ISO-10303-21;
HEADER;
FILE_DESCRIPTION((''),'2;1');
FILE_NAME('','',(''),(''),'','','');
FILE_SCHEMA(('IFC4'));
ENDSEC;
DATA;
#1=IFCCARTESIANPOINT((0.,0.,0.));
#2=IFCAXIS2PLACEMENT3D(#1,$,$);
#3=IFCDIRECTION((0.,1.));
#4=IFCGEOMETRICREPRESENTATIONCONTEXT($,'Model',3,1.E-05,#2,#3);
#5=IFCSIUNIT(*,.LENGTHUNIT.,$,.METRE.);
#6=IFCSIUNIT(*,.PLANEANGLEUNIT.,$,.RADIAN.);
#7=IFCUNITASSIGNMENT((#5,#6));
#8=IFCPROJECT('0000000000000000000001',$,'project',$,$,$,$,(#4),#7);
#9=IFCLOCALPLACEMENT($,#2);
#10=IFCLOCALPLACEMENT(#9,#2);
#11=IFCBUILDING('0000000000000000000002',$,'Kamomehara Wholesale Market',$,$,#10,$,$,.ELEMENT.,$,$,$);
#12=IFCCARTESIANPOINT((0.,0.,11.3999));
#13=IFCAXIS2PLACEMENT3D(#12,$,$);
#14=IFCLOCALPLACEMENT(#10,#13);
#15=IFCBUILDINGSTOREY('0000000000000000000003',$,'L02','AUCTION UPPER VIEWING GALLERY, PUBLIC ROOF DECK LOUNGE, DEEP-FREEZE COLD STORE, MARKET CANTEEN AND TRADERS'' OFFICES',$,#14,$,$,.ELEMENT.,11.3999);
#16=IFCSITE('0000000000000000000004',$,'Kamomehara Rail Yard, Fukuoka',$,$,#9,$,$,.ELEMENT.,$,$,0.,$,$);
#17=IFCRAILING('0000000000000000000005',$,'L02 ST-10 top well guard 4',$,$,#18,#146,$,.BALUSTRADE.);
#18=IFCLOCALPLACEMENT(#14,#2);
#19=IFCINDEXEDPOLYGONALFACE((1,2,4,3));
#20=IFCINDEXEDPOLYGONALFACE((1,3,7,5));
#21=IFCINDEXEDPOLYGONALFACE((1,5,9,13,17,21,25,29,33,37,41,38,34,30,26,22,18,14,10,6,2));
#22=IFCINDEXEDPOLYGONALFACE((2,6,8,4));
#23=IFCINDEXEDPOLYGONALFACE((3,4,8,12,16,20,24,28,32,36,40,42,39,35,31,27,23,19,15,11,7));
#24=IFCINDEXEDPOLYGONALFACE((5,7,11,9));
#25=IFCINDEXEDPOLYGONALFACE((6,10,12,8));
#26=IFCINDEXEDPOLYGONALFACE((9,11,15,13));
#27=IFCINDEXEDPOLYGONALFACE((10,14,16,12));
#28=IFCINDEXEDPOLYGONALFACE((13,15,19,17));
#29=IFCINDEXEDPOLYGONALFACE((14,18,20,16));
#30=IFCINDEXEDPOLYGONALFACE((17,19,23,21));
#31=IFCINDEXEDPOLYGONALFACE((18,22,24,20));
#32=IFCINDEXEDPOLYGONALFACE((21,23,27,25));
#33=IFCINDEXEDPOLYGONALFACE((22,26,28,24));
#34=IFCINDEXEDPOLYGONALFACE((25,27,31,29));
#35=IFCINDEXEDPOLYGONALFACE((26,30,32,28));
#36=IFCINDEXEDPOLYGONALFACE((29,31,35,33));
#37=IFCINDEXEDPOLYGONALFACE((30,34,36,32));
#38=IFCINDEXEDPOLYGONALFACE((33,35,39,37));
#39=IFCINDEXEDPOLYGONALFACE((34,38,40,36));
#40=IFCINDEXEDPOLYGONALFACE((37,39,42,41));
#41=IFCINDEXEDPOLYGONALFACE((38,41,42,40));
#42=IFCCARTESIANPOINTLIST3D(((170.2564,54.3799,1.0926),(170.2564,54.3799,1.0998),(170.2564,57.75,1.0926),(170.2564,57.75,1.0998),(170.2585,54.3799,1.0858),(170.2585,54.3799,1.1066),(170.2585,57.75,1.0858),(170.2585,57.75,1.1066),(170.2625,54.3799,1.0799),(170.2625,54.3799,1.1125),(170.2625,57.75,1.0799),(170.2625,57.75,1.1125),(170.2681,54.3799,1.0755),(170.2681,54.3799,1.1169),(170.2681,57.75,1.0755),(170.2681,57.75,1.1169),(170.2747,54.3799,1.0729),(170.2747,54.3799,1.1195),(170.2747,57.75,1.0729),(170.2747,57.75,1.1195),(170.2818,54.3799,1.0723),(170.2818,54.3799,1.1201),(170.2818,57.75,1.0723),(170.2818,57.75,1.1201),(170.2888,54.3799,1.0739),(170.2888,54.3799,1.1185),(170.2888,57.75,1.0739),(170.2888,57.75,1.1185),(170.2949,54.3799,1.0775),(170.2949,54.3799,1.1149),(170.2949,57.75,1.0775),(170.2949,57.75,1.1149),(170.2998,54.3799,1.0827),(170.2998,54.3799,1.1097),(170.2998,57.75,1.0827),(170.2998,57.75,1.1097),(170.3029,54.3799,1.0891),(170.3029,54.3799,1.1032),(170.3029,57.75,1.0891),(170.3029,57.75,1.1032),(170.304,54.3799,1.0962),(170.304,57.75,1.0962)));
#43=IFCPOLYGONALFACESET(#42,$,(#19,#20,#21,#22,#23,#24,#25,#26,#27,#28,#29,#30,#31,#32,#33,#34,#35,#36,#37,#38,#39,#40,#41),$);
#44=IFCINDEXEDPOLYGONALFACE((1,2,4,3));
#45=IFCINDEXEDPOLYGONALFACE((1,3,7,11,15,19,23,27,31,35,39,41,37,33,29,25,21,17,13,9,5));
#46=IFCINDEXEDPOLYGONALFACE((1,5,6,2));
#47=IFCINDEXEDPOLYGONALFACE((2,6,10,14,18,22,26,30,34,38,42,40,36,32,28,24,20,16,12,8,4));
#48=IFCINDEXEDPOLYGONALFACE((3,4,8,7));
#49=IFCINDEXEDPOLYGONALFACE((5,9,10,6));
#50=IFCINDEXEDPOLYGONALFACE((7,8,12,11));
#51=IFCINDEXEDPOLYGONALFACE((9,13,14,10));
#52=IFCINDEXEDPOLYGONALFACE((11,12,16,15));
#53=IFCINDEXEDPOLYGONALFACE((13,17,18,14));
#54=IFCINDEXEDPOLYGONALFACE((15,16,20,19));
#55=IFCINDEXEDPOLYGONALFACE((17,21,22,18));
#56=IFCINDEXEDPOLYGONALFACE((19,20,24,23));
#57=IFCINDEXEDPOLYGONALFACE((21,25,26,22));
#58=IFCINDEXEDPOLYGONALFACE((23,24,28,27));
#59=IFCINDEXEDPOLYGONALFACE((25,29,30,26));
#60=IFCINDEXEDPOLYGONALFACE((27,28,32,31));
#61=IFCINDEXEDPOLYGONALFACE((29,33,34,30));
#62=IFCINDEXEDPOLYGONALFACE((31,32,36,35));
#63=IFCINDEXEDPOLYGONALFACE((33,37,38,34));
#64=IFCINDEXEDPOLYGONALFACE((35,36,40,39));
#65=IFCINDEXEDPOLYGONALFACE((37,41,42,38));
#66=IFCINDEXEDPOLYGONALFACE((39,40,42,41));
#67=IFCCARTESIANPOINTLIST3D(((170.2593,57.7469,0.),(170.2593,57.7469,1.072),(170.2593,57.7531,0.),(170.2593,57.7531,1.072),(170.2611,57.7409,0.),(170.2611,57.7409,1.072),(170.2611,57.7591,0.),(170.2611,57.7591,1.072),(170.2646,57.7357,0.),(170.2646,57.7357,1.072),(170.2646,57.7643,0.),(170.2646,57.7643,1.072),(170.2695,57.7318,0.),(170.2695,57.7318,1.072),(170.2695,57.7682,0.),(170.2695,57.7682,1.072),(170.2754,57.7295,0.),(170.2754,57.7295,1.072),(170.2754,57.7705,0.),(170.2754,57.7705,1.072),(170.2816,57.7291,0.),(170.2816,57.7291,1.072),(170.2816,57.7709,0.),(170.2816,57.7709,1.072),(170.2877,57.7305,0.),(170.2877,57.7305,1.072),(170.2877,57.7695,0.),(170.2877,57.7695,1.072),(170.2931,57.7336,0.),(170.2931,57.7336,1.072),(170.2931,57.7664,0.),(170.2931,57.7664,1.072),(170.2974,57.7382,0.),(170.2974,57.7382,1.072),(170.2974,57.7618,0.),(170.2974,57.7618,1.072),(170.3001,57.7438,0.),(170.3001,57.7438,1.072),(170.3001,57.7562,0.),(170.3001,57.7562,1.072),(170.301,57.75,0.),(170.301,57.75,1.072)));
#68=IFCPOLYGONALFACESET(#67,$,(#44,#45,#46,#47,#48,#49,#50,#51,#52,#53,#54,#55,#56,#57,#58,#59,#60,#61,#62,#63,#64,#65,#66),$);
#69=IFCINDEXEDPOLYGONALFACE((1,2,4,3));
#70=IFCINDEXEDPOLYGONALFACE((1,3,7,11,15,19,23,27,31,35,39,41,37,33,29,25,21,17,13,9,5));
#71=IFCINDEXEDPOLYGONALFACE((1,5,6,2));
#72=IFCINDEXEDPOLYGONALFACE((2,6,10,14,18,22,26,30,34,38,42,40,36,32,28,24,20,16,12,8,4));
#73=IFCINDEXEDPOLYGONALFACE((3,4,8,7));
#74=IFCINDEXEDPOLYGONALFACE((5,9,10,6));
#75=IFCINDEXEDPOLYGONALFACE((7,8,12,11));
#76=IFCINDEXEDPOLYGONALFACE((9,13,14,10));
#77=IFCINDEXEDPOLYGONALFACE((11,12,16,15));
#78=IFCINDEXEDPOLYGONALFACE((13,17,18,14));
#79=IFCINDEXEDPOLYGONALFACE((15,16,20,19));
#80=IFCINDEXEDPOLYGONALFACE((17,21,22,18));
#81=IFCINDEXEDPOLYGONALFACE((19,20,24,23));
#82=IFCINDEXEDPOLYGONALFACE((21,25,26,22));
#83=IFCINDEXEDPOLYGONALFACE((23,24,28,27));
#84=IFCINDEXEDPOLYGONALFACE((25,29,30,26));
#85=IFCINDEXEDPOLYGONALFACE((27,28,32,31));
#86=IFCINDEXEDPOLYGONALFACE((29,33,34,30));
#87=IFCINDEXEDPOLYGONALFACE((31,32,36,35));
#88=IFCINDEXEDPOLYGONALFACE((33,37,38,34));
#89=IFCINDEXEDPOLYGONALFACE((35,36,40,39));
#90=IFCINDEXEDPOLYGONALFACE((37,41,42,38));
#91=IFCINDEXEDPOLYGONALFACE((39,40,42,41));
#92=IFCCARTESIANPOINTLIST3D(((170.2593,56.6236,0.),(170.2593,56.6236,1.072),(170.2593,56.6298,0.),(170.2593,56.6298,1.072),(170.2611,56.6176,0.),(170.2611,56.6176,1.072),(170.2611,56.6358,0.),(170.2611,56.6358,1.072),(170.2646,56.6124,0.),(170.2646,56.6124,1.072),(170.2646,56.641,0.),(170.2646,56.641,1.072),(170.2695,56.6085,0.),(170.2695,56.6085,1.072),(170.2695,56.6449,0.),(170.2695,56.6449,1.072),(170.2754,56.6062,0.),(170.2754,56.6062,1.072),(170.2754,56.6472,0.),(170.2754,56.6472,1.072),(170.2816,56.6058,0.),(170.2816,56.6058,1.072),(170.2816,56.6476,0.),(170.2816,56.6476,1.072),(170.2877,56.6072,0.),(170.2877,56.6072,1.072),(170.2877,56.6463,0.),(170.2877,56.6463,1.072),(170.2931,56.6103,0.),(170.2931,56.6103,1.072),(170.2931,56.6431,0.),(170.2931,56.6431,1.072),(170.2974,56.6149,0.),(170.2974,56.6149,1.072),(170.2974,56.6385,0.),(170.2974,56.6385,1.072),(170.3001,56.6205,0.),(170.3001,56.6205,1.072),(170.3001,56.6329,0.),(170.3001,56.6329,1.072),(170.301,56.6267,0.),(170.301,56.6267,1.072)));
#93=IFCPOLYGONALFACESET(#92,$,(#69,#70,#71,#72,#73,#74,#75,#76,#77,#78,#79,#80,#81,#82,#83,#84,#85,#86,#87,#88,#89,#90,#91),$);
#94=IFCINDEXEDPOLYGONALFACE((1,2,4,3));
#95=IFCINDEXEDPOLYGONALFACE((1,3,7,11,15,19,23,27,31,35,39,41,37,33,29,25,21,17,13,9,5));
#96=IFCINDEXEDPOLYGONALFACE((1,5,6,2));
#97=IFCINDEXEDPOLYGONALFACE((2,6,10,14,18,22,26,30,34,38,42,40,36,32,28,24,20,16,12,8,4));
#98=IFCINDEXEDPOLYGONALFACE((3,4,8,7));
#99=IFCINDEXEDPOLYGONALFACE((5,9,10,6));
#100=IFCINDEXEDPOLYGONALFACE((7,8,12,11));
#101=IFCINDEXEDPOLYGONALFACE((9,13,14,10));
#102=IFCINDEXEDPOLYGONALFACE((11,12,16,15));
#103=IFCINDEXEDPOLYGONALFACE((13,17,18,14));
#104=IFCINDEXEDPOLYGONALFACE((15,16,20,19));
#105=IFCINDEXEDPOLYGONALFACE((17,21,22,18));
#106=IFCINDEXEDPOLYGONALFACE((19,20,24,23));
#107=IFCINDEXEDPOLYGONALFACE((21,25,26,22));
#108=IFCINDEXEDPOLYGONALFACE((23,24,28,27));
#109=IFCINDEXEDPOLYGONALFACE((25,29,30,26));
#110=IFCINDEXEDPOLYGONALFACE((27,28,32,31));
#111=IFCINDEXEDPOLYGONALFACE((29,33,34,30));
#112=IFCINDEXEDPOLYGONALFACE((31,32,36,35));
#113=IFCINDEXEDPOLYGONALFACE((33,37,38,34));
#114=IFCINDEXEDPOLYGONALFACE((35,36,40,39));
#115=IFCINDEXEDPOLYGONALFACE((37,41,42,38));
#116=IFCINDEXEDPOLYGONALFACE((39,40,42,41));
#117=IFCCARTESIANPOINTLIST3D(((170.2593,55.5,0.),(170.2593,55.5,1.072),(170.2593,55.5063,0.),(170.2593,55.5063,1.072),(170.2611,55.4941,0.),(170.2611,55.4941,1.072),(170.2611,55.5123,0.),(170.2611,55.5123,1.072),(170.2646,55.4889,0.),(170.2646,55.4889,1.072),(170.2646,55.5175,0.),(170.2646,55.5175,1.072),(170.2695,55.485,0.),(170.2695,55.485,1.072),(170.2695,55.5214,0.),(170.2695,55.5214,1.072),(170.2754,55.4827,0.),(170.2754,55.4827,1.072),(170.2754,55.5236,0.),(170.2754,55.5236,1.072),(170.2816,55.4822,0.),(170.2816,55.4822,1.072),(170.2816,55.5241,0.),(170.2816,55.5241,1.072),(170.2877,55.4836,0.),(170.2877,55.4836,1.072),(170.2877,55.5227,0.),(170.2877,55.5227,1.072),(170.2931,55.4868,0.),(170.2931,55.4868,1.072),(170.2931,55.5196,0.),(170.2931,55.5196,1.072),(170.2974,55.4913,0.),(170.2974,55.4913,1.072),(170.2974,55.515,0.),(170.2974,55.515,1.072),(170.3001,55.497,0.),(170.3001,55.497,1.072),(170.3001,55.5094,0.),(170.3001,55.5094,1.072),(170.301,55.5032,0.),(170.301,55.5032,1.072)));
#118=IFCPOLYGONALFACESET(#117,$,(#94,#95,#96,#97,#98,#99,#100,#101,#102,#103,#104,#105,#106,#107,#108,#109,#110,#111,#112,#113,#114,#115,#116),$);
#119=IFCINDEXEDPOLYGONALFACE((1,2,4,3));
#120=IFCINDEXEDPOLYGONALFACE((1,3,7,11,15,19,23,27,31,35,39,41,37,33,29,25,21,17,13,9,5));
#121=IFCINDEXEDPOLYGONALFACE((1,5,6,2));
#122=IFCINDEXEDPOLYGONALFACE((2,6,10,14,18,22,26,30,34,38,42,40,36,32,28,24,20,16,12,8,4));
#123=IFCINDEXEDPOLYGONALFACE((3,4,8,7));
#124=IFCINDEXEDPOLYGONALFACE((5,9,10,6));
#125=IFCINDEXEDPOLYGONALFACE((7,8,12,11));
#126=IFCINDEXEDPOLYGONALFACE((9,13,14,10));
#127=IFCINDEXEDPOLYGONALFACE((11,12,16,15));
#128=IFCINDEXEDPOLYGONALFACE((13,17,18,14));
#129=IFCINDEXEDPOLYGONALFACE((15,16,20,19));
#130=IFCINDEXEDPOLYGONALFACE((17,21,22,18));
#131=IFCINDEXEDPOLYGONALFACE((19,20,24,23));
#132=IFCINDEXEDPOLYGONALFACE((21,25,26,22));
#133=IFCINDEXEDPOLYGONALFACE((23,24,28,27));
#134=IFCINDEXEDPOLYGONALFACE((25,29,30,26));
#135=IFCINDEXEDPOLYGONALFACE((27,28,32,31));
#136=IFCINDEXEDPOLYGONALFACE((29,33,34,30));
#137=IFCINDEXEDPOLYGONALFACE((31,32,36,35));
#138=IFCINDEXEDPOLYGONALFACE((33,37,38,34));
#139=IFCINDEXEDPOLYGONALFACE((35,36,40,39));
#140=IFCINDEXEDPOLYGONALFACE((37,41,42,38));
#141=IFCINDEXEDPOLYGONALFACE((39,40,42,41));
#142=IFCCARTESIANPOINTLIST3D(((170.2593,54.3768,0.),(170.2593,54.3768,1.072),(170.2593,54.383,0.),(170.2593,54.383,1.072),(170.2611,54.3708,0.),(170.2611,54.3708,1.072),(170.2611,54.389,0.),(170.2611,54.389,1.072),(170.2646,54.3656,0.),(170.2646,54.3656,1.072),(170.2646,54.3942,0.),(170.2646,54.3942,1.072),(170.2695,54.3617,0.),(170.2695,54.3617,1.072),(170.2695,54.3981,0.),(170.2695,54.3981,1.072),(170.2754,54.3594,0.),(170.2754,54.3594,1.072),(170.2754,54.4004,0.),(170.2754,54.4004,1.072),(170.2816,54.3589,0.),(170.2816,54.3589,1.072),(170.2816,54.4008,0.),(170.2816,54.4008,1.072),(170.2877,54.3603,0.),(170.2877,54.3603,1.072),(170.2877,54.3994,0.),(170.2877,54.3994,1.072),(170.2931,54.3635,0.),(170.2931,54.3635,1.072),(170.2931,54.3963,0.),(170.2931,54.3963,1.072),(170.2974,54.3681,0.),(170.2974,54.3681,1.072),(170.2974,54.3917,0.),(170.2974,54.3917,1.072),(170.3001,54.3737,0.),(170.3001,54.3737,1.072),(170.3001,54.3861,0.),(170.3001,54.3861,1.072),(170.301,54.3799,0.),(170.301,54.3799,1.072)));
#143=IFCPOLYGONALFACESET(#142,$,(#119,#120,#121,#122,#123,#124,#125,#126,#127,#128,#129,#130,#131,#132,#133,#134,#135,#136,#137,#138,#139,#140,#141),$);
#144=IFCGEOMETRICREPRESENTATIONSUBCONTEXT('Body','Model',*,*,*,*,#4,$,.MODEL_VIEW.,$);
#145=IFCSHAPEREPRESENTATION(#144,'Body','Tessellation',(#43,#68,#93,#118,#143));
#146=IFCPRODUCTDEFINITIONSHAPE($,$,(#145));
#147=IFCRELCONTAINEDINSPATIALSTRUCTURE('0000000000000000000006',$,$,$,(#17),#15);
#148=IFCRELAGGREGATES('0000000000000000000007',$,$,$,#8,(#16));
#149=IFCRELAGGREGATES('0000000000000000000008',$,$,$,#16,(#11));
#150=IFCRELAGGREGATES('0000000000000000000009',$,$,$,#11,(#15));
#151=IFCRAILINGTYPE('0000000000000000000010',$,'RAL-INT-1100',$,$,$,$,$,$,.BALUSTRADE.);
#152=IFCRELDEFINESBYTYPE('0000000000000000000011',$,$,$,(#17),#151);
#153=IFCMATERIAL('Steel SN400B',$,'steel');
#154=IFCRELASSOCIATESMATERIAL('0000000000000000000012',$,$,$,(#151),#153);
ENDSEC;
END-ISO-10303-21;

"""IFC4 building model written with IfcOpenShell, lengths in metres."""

from ifc_helpers import new_model, si_unit, direction, frame, origin, origin_2d, place, context, subcontext, project, spatial, circle, extrude, material, type_object, element, save


model = new_model("IFC4")

# Units and contexts
model_context = context("Model", 3, precision=1e-05, world=origin(), true_north=direction((0.0, 1.0)))
body_context = subcontext(model_context, "Body", "Model", "MODEL_VIEW")
ifc_project = project(units=[si_unit("LENGTHUNIT", "METRE"), si_unit("PLANEANGLEUNIT", "RADIAN")], contexts=[model_context])

# Site, building, storey
site_placement = place(None, origin())
site = spatial("IfcSite", under=ifc_project, at=site_placement, Name="Kamomehara Rail Yard, Fukuoka", CompositionType="ELEMENT", RefElevation=0.0)
building_placement = place(site_placement, origin())
building = spatial("IfcBuilding", under=site, at=building_placement, Name="Kamomehara Wholesale Market", CompositionType="ELEMENT")
storey_placement = place(building_placement, frame((0.0, 0.0, 11.3999)))
storey = spatial("IfcBuildingStorey", under=building, at=storey_placement, Name="L02", Description="AUCTION UPPER VIEWING GALLERY, PUBLIC ROOF DECK LOUNGE, DEEP-FREEZE COLD STORE, MARKET CANTEEN AND TRADERS' OFFICES", CompositionType="ELEMENT", Elevation=11.3999)

# Railing
ifc_material_1 = material(Name="Steel SN400B", Category="steel")
railing_type = type_object("IfcRailingType", Name="RAL-INT-1100", PredefinedType="BALUSTRADE", material=ifc_material_1)
railing_1_placement = place(storey_placement, frame((170.28, 57.75, 0.0)))
element("IfcRailing", 1, at=railing_1_placement, inside=storey, type_object=railing_type, Name="L02 ST-10 top well guard 4", PredefinedType="BALUSTRADE", context=body_context, shape_type="SweptSolid", body=[
    extrude(circle(Radius=0.0239, at=origin_2d()), frame((0.0, 0.0, 1.0962), z_axis=(0.0, -1.0, 0.0), x_axis=(1.0, 0.0, 0.0)), (0.0, 0.0, 1.0), 3.3701),
    extrude(circle(Radius=0.021, at=origin_2d()), origin(), (0.0, 0.0, 1.0), 1.072),
    extrude(circle(Radius=0.021, at=origin_2d()), frame((0.0, -1.1233, 0.0)), (0.0, 0.0, 1.0), 1.072),
    extrude(circle(Radius=0.021, at=origin_2d()), frame((0.0, -2.2468, 0.0)), (0.0, 0.0, 1.0), 1.072),
    extrude(circle(Radius=0.021, at=origin_2d()), frame((0.0, -3.3701, 0.0)), (0.0, 0.0, 1.0), 1.072),
])

save(model, "model.ifc")
